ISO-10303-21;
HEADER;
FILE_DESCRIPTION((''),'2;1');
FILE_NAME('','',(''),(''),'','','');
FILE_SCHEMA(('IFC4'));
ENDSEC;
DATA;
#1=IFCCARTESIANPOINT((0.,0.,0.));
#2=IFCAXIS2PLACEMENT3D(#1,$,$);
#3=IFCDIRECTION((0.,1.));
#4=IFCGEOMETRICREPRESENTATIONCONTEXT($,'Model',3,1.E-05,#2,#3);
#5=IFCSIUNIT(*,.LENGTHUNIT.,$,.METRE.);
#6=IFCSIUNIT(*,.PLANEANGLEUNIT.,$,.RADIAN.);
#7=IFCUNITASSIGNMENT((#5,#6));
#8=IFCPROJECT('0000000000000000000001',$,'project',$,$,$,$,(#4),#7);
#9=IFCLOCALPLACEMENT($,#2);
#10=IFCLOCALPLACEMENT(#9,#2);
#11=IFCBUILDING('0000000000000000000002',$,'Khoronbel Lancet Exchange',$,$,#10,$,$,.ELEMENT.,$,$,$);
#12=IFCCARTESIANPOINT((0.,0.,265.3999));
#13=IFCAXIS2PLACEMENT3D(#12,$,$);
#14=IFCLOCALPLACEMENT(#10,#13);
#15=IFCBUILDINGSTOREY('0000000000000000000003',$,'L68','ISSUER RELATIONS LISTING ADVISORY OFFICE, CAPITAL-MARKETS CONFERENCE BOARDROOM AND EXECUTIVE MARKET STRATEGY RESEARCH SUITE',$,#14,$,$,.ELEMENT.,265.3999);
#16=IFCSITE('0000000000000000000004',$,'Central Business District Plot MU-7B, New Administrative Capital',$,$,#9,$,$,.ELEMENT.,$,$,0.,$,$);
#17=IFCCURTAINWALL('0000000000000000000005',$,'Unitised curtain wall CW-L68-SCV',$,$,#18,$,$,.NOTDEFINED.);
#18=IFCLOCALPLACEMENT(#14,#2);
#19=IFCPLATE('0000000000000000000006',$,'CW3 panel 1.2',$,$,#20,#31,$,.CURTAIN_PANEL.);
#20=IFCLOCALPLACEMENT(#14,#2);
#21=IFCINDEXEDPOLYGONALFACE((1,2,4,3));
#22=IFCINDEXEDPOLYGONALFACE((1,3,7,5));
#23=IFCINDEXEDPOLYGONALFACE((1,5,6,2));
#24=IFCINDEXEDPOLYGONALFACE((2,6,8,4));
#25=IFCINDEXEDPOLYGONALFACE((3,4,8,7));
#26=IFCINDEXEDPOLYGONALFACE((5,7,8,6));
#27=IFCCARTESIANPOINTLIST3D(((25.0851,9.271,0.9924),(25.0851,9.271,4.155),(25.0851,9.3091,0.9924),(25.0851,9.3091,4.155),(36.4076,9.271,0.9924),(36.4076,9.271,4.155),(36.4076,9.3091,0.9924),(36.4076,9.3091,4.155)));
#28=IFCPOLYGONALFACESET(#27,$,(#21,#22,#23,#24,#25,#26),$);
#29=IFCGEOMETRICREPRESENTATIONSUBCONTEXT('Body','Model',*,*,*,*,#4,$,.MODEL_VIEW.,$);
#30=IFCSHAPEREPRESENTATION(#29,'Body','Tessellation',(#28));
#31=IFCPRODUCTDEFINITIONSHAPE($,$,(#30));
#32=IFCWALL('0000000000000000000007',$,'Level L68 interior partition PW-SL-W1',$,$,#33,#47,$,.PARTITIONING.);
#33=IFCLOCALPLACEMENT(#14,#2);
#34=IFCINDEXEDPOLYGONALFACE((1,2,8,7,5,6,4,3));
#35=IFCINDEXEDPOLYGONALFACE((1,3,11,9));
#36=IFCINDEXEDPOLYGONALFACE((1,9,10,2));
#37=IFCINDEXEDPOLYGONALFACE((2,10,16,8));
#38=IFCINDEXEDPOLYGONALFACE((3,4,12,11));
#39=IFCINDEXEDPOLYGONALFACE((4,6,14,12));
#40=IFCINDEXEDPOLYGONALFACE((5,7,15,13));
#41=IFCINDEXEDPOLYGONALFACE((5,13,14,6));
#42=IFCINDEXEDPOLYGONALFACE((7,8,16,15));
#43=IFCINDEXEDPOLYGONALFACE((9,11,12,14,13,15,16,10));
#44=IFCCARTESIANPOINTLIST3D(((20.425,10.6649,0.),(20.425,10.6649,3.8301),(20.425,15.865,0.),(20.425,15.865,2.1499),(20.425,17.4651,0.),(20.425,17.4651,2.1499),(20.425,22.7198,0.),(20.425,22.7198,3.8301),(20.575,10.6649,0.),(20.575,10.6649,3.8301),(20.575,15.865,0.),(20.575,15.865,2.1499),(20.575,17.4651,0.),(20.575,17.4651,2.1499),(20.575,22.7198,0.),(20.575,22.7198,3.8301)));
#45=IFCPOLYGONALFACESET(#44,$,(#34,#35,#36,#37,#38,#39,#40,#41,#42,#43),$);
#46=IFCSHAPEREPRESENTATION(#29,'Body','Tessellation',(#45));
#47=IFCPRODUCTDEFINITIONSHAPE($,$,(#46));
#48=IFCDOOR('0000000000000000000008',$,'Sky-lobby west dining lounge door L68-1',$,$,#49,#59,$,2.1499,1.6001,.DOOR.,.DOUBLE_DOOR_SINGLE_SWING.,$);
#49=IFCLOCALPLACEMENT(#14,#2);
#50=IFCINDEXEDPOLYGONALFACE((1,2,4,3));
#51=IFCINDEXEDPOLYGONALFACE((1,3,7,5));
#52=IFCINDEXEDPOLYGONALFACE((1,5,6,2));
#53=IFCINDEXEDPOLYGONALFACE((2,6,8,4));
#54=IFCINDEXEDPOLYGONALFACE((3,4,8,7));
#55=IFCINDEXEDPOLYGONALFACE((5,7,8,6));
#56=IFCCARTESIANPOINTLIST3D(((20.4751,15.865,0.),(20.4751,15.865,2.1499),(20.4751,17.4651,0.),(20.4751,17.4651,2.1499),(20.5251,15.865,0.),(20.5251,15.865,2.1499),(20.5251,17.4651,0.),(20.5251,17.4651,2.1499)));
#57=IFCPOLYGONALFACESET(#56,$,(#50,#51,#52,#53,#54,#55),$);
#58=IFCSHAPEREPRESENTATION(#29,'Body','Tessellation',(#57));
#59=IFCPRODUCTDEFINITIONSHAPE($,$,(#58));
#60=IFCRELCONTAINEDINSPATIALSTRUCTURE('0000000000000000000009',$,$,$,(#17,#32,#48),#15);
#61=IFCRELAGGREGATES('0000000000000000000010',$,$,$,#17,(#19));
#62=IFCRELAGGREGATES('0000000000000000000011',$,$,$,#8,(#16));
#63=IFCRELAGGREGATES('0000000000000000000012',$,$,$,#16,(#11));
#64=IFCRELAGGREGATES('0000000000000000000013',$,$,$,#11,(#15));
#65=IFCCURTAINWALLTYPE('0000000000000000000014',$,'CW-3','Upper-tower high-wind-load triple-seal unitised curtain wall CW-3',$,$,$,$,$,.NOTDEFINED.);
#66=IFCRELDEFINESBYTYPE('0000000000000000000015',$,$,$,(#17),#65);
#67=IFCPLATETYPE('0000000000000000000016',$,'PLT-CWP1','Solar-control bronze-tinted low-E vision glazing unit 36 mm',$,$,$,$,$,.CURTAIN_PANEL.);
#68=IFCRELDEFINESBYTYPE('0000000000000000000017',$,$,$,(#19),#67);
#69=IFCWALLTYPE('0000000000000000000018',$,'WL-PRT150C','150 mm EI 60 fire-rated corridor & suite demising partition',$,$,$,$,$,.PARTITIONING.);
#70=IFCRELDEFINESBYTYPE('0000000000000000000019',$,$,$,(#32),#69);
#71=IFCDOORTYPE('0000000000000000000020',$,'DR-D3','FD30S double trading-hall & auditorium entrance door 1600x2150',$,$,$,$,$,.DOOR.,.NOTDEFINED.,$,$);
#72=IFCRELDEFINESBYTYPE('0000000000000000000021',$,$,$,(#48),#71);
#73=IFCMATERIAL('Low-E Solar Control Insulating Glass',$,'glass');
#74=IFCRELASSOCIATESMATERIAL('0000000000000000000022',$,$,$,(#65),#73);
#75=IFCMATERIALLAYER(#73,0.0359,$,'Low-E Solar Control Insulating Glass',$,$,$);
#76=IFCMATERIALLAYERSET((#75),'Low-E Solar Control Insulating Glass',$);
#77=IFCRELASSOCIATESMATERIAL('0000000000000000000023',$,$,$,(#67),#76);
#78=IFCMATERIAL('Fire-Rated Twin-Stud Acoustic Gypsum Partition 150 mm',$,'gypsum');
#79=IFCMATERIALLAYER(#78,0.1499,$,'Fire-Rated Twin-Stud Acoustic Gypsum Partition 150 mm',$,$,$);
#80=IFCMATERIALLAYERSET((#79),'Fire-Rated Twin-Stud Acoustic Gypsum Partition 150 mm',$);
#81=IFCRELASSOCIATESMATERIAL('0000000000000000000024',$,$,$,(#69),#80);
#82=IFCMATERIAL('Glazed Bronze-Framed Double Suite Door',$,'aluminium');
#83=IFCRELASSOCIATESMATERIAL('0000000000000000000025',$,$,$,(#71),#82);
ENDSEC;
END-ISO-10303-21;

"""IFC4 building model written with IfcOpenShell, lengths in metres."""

from ifc_helpers import new_model, si_unit, direction, frame, frame_2d, origin, origin_2d, place, context, subcontext, project, spatial, rectangle, extrude, material, layer, layer_set, type_object, element, fill, aggregate, save


model = new_model("IFC4")

# Units and contexts
model_context = context("Model", 3, precision=1e-05, world=origin(), true_north=direction((0.0, 1.0)))
body_context = subcontext(model_context, "Body", "Model", "MODEL_VIEW")
ifc_project = project(units=[si_unit("LENGTHUNIT", "METRE"), si_unit("PLANEANGLEUNIT", "RADIAN")], contexts=[model_context])

# Site, building, storey
site_placement = place(None, origin())
site = spatial("IfcSite", under=ifc_project, at=site_placement, Name="Central Business District Plot MU-7B, New Administrative Capital", CompositionType="ELEMENT", RefElevation=0.0)
building_placement = place(site_placement, origin())
building = spatial("IfcBuilding", under=site, at=building_placement, Name="Khoronbel Lancet Exchange", CompositionType="ELEMENT")
storey_placement = place(building_placement, frame((0.0, 0.0, 265.3999)))
storey = spatial("IfcBuildingStorey", under=building, at=storey_placement, Name="L68", Description="ISSUER RELATIONS LISTING ADVISORY OFFICE, CAPITAL-MARKETS CONFERENCE BOARDROOM AND EXECUTIVE MARKET STRATEGY RESEARCH SUITE", CompositionType="ELEMENT", Elevation=265.3999)

# Curtain wall
ifc_material_1 = material(Name="Low-E Solar Control Insulating Glass", Category="glass")
curtain_wall_type = type_object("IfcCurtainWallType", Name="CW-3", Description="Upper-tower high-wind-load triple-seal unitised curtain wall CW-3", PredefinedType="NOTDEFINED", material=ifc_material_1)
curtain_wall_1_placement = place(storey_placement, origin())
curtain_wall_1 = element("IfcCurtainWall", 1, at=curtain_wall_1_placement, inside=storey, type_object=curtain_wall_type, Name="Unitised curtain wall CW-L68-SCV", PredefinedType="NOTDEFINED")

# Plate
ifc_layer_1 = layer(ifc_material_1, 0.0359, Name="Low-E Solar Control Insulating Glass")
ifc_layer_set_1 = layer_set([ifc_layer_1], Name="Low-E Solar Control Insulating Glass")
plate_type_1 = type_object("IfcPlateType", Name="PLT-CWP1", Description="Solar-control bronze-tinted low-E vision glazing unit 36 mm", PredefinedType="CURTAIN_PANEL", material=ifc_layer_set_1)
plate_1_placement = place(storey_placement, frame((30.7463, 9.29, 0.9924), z_axis=(0.0, 0.0, 1.0), x_axis=(1.0, 0.0, 0.0)))
plate_1 = element("IfcPlate", 2, at=plate_1_placement, type_object=plate_type_1, Name="CW3 panel 1.2", PredefinedType="CURTAIN_PANEL", context=body_context, shape_type="SweptSolid", body=[
    extrude(rectangle(XDim=11.3225, YDim=0.0381, at=origin_2d()), origin(), (0.0, 0.0, 1.0), 3.1626),
])
aggregate(curtain_wall_1, [plate_1])

# Wall, opening, door
ifc_material_2 = material(Name="Fire-Rated Twin-Stud Acoustic Gypsum Partition 150 mm", Category="gypsum")
ifc_layer_2 = layer(ifc_material_2, 0.1499, Name="Fire-Rated Twin-Stud Acoustic Gypsum Partition 150 mm")
ifc_layer_set_2 = layer_set([ifc_layer_2], Name="Fire-Rated Twin-Stud Acoustic Gypsum Partition 150 mm")
wall_type = type_object("IfcWallType", Name="WL-PRT150C", Description="150 mm EI 60 fire-rated corridor & suite demising partition", PredefinedType="PARTITIONING", material=ifc_layer_set_2)
wall_placement = place(storey_placement, frame((20.5, 10.665, 0.0), z_axis=(0.0, 0.0, 1.0), x_axis=(0.0, 1.0, 0.0)))
wall = element("IfcWall", 3, at=wall_placement, inside=storey, type_object=wall_type, Name="Level L68 interior partition PW-SL-W1", PredefinedType="PARTITIONING", context=body_context, shape_type="SweptSolid", body=[
    extrude(rectangle(XDim=12.0549, YDim=0.1499, at=frame_2d((6.0273, 0.0))), origin(), (0.0, 0.0, 1.0), 3.8301),
])
opening_placement = place(wall_placement, frame((5.2, 0.0, 0.0)))
opening = element("IfcOpeningElement", 4, at=opening_placement, cuts=wall, PredefinedType="OPENING", context=body_context, shape_type="SweptSolid", body=[
    extrude(rectangle(XDim=1.6001, YDim=2.1499, at=frame_2d((0.8, 1.075))), frame((0.0, 0.085, 0.0), z_axis=(0.0, -1.0, 0.0), x_axis=(1.0, 0.0, 0.0)), (0.0, 0.0, 1.0), 0.1699),
])
ifc_material_3 = material(Name="Glazed Bronze-Framed Double Suite Door", Category="aluminium")
door_type = type_object("IfcDoorType", Name="DR-D3", Description="FD30S double trading-hall & auditorium entrance door 1600x2150", OperationType="NOTDEFINED", PredefinedType="DOOR", material=ifc_material_3)
door_placement = place(opening_placement, origin())
door = element("IfcDoor", 5, at=door_placement, inside=storey, type_object=door_type, Name="Sky-lobby west dining lounge door L68-1", OperationType="DOUBLE_DOOR_SINGLE_SWING", OverallHeight=2.1499, OverallWidth=1.6001, PredefinedType="DOOR", context=body_context, shape_type="SweptSolid", body=[
    extrude(rectangle(XDim=1.6001, YDim=2.1499, at=frame_2d((0.8, 1.075))), frame((0.0, 0.0249, 0.0), z_axis=(0.0, -1.0, 0.0), x_axis=(1.0, 0.0, 0.0)), (0.0, 0.0, 1.0), 0.05),
])
fill(opening, door)

save(model, "model.ifc")
